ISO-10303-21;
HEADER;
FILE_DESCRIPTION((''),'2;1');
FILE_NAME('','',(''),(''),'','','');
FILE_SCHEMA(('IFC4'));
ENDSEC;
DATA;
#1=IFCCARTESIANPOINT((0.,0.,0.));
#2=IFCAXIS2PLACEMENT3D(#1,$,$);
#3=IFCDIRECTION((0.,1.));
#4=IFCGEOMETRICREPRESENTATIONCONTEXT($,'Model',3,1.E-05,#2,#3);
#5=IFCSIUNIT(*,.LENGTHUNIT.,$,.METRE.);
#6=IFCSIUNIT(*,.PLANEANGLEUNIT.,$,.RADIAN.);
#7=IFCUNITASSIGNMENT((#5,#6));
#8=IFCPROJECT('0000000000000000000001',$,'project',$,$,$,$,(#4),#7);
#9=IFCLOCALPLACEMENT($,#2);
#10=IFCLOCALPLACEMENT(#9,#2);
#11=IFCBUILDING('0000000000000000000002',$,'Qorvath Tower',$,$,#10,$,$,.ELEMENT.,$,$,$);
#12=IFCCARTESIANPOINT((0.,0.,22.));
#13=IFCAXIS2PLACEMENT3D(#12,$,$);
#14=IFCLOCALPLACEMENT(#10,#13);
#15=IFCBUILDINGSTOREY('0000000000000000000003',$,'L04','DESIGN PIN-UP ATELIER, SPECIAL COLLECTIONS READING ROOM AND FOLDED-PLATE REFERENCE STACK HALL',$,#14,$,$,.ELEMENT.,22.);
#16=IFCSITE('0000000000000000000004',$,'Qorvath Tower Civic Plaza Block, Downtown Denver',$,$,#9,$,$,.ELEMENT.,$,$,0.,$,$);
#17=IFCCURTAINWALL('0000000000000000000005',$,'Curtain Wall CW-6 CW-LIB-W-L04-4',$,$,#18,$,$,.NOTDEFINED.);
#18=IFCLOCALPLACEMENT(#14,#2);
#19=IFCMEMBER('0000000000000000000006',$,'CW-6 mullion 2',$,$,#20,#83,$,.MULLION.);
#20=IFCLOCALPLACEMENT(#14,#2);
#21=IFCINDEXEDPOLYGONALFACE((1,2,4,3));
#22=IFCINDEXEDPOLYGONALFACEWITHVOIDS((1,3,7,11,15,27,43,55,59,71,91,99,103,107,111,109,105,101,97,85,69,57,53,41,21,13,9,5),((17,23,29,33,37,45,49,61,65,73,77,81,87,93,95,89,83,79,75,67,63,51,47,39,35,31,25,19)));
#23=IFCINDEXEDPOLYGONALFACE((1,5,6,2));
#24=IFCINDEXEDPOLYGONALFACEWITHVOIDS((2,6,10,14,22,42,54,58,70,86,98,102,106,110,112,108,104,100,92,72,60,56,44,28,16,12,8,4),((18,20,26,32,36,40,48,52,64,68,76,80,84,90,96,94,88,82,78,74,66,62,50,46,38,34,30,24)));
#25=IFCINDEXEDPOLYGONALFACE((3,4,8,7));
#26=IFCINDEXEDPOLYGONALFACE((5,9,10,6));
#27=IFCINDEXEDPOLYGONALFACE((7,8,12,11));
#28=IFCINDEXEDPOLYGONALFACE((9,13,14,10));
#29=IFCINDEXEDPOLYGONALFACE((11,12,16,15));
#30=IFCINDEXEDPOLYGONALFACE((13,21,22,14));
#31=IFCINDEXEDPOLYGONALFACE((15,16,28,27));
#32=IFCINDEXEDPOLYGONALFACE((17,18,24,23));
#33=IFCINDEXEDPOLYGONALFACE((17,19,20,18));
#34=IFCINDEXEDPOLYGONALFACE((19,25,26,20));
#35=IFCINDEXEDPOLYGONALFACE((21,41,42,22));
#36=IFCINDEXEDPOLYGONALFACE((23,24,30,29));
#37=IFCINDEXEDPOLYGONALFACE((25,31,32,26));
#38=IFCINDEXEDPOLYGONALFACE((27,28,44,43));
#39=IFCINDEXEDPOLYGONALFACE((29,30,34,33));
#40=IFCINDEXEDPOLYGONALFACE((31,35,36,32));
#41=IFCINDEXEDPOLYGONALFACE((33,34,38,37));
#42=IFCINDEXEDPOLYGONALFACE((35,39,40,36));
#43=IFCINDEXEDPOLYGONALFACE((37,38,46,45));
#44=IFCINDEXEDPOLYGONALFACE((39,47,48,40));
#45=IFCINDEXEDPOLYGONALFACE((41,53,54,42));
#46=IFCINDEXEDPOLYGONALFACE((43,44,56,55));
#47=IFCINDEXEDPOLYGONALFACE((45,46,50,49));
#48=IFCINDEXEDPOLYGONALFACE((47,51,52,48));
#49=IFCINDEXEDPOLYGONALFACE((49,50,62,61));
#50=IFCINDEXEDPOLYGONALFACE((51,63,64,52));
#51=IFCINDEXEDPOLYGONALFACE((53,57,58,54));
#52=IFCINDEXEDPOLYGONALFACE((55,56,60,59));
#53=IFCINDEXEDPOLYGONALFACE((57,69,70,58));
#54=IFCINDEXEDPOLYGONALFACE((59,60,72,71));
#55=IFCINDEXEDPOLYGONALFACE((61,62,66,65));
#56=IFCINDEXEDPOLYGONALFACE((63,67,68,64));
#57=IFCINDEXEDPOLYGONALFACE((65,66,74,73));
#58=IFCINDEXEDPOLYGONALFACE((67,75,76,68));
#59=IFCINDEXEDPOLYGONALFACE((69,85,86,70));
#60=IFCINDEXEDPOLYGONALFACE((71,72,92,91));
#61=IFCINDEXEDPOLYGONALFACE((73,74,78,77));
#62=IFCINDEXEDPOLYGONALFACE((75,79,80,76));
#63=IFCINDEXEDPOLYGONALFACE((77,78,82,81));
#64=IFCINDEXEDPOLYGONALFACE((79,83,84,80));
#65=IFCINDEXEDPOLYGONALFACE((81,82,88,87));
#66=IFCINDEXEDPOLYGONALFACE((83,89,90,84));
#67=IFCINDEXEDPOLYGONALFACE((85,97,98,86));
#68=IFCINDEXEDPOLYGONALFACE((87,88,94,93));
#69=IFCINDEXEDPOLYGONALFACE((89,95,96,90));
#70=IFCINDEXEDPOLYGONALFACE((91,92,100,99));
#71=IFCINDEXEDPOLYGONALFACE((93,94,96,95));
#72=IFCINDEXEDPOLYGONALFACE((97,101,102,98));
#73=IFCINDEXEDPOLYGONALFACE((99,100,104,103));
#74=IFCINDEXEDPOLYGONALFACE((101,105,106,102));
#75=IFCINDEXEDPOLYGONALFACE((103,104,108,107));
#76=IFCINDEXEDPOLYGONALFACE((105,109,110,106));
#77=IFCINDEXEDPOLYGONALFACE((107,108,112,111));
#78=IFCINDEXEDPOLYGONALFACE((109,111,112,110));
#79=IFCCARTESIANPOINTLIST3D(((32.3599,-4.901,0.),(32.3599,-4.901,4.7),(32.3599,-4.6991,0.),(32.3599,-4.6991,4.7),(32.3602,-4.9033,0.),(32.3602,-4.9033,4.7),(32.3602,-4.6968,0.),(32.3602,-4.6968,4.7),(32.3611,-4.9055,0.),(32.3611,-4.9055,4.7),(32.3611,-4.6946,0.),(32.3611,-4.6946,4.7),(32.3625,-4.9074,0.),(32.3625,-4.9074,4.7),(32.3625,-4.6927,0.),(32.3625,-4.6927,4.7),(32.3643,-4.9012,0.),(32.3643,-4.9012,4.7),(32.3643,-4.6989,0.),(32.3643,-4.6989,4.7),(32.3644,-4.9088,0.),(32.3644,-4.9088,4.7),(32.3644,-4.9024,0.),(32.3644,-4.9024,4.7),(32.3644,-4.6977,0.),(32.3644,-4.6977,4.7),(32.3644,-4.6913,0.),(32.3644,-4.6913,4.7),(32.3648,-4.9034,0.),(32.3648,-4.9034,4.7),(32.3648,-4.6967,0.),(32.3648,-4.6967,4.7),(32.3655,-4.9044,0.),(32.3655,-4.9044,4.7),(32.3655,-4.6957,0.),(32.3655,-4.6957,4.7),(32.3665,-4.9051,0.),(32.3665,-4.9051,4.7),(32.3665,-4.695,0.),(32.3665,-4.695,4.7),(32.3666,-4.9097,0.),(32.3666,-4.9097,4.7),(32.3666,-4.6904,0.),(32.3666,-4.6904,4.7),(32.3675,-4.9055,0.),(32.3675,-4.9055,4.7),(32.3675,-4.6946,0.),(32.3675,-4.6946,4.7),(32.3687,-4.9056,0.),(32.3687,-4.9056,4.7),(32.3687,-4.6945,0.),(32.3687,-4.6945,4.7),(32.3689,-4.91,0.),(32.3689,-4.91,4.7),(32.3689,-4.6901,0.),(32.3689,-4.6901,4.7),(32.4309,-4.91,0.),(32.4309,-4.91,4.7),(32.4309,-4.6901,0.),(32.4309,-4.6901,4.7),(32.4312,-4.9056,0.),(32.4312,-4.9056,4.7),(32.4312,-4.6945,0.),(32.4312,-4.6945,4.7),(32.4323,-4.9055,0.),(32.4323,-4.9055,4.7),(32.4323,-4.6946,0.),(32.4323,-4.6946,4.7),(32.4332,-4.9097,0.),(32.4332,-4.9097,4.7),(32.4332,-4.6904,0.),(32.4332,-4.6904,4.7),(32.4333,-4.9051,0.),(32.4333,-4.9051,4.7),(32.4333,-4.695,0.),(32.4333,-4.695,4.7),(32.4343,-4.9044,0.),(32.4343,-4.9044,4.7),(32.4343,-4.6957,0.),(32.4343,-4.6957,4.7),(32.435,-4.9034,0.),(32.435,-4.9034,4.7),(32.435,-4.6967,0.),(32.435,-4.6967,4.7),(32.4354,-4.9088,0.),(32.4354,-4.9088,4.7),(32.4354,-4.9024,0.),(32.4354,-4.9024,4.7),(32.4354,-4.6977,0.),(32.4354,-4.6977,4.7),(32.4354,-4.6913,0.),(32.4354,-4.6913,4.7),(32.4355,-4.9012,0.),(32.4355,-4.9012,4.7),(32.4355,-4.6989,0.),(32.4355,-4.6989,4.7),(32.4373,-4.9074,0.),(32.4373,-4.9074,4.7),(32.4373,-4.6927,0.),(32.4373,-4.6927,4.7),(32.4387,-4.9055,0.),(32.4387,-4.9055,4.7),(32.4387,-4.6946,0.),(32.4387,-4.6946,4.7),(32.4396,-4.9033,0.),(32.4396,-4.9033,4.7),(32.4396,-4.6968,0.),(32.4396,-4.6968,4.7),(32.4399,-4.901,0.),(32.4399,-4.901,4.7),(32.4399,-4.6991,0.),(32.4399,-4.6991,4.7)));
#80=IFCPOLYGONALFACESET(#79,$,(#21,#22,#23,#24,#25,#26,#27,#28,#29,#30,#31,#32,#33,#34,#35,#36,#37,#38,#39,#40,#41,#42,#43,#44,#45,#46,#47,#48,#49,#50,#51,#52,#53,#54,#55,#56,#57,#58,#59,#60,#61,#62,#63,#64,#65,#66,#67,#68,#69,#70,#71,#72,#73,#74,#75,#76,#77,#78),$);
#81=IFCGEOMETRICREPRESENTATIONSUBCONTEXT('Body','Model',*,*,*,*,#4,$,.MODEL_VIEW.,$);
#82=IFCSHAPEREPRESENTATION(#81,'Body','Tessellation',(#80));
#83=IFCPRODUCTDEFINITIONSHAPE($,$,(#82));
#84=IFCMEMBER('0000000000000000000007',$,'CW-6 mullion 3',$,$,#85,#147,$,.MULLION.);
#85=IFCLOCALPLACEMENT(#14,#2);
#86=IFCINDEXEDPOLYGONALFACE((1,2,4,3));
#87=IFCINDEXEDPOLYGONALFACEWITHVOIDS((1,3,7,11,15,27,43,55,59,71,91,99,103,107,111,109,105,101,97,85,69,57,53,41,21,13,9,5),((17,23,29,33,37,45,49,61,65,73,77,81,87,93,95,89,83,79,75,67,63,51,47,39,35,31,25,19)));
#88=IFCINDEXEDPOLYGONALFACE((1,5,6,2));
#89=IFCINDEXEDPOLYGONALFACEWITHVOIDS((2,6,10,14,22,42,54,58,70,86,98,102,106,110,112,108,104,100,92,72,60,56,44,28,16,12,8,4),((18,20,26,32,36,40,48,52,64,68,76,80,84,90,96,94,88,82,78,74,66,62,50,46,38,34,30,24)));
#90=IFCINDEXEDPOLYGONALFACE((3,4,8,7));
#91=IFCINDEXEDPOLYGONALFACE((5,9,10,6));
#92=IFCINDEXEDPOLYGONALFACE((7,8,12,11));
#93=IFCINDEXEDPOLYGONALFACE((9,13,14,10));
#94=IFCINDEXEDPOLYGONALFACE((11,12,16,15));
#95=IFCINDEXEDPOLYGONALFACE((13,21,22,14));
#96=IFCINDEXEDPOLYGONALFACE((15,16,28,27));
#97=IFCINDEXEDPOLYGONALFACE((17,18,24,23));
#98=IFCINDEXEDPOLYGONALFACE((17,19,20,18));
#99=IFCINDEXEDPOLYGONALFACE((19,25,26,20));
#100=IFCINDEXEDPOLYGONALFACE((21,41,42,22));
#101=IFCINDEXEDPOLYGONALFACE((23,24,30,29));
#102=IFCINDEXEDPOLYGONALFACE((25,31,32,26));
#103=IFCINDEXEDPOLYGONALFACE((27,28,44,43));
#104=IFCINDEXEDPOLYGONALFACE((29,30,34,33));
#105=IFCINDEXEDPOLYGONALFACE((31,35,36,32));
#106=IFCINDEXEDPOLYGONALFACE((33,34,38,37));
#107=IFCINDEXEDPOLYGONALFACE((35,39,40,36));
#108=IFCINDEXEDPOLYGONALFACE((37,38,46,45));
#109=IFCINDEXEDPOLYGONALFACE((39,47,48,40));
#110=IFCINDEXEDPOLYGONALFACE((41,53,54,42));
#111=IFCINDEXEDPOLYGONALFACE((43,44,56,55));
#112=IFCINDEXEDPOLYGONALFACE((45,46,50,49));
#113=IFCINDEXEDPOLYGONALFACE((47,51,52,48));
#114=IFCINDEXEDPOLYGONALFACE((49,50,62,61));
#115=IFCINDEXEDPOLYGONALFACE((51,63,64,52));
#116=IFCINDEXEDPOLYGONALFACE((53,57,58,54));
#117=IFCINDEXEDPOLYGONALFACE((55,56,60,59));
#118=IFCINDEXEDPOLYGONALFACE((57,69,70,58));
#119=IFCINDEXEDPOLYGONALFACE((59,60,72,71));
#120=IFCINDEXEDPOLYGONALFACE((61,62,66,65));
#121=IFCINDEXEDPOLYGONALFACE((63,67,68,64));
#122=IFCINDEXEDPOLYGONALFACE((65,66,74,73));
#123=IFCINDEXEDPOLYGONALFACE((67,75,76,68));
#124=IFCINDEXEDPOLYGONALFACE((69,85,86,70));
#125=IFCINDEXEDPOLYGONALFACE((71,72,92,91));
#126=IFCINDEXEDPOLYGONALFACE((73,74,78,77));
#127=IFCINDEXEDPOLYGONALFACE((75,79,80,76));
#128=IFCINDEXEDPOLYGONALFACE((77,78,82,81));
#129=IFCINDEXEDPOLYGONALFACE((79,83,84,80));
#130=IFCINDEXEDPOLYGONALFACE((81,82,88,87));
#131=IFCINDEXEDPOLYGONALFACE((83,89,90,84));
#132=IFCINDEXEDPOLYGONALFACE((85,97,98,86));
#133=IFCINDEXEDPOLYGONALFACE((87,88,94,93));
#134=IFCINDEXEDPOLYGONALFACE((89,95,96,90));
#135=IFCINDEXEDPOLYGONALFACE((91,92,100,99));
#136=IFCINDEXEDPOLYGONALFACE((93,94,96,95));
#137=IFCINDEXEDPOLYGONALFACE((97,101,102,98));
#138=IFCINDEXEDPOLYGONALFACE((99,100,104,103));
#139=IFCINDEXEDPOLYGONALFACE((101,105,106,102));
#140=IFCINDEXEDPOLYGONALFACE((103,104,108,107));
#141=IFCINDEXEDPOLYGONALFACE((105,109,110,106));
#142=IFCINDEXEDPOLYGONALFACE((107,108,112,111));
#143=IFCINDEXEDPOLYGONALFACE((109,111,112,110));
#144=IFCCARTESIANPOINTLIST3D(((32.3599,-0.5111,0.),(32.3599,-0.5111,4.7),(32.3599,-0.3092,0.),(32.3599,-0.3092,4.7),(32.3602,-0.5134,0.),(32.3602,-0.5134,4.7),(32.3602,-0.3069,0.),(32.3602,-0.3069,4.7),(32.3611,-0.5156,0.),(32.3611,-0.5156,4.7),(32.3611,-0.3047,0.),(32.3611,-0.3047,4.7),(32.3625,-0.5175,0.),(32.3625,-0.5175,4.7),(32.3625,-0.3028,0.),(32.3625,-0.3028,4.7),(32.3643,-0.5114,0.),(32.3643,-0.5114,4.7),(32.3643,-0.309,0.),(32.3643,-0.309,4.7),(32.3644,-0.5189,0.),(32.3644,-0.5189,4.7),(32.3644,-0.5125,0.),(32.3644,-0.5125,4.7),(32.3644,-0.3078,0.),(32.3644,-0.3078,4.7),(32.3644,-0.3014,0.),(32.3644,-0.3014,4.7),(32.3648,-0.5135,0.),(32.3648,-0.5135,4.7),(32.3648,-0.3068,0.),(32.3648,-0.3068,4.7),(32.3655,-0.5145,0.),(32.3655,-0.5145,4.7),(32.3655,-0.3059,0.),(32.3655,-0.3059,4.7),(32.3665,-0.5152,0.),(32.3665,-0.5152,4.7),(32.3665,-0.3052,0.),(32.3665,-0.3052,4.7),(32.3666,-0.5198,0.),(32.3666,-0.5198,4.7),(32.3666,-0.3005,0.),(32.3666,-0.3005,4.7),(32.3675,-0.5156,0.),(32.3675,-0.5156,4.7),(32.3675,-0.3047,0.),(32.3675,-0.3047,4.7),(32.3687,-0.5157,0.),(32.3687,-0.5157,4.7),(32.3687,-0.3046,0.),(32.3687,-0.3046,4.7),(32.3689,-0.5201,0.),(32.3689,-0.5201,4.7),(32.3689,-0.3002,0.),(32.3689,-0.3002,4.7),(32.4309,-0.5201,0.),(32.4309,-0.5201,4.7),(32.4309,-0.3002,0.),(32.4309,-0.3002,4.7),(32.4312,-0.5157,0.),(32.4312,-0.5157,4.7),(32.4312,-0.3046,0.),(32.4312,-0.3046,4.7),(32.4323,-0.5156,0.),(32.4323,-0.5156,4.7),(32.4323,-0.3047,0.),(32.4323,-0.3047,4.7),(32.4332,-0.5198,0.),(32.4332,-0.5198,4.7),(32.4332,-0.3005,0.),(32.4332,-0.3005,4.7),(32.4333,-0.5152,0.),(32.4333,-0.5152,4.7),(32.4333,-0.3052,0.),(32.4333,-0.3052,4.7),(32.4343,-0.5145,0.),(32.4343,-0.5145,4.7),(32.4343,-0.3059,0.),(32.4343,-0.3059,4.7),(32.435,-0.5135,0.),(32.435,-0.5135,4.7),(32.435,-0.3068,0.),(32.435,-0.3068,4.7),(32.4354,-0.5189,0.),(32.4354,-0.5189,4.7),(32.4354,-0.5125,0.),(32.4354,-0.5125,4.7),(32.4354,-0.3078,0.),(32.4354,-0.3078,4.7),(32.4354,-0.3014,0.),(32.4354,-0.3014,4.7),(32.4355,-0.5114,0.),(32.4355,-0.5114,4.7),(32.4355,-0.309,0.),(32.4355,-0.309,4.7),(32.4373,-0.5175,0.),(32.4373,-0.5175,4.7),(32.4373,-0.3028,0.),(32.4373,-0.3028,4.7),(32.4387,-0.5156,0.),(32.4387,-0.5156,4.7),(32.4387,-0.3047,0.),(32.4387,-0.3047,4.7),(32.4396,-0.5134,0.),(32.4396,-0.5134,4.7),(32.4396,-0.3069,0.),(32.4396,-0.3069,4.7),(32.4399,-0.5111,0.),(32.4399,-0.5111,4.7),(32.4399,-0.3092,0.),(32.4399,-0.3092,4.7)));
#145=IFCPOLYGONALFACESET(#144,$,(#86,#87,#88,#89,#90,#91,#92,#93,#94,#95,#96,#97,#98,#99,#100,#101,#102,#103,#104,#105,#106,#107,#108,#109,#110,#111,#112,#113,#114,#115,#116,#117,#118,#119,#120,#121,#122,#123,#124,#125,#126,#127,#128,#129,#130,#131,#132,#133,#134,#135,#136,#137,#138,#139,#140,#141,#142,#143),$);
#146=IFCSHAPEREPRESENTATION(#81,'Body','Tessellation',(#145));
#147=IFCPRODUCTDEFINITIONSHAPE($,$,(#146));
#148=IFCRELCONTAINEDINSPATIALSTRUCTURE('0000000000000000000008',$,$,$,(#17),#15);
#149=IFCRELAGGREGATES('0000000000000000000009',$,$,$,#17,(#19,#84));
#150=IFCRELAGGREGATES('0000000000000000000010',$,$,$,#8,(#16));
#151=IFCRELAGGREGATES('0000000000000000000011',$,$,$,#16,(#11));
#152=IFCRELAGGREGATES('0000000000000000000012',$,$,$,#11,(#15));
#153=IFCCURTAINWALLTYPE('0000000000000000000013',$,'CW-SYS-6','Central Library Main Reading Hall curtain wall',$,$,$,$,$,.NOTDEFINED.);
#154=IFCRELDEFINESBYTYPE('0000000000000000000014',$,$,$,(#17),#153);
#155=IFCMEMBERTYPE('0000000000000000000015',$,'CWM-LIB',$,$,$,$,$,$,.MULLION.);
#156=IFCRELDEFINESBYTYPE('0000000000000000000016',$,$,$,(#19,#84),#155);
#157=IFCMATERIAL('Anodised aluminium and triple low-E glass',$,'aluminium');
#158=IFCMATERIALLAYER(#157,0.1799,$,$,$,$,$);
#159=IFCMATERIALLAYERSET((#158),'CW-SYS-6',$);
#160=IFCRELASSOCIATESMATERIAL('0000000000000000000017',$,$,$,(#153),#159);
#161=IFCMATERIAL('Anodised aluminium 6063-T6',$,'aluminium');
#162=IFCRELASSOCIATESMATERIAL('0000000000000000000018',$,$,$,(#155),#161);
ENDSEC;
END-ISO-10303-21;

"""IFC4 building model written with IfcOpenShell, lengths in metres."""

from ifc_helpers import new_model, si_unit, direction, frame, origin, origin_2d, place, context, subcontext, project, spatial, hollow_rectangle, extrude, material, layer, layer_set, material_profile, profile_set, type_object, element, aggregate, save


model = new_model("IFC4")

# Units and contexts
model_context = context("Model", 3, precision=1e-05, world=origin(), true_north=direction((0.0, 1.0)))
body_context = subcontext(model_context, "Body", "Model", "MODEL_VIEW")
ifc_project = project(units=[si_unit("LENGTHUNIT", "METRE"), si_unit("PLANEANGLEUNIT", "RADIAN")], contexts=[model_context])

# Site, building, storey
site_placement = place(None, origin())
site = spatial("IfcSite", under=ifc_project, at=site_placement, Name="Qorvath Tower Civic Plaza Block, Downtown Denver", CompositionType="ELEMENT", RefElevation=0.0)
building_placement = place(site_placement, origin())
building = spatial("IfcBuilding", under=site, at=building_placement, Name="Qorvath Tower", CompositionType="ELEMENT")
storey_placement = place(building_placement, frame((0.0, 0.0, 22.0)))
storey = spatial("IfcBuildingStorey", under=building, at=storey_placement, Name="L04", Description="DESIGN PIN-UP ATELIER, SPECIAL COLLECTIONS READING ROOM AND FOLDED-PLATE REFERENCE STACK HALL", CompositionType="ELEMENT", Elevation=22.0)

# Shared definitions
ifc_material_1 = material(Name="Anodised aluminium and triple low-E glass", Category="aluminium")
ifc_layer_1 = layer(ifc_material_1, 0.1799)
ifc_layer_set_1 = layer_set([ifc_layer_1], Name="CW-SYS-6")
curtain_wall_type = type_object("IfcCurtainWallType", Name="CW-SYS-6", Description="Central Library Main Reading Hall curtain wall", PredefinedType="NOTDEFINED", material=ifc_layer_set_1)
ifc_material_2 = material(Name="Anodised aluminium 6063-T6", Category="aluminium")
ifc_material_profile_1 = material_profile(ifc_material_2, hollow_rectangle(XDim=0.0801, YDim=0.22, WallThickness=0.0044, InnerFilletRadius=0.0044, OuterFilletRadius=0.009, at=origin_2d()), Name="CWM LIB 220x80")
ifc_profile_set_1 = profile_set([ifc_material_profile_1], Name="Anodised aluminium 6063-T6")
member_type_1 = type_object("IfcMemberType", Name="CWM-LIB", PredefinedType="MULLION", material=ifc_profile_set_1)

# Curtain wall, members
curtain_wall_1_placement = place(storey_placement, origin())
curtain_wall_1 = element("IfcCurtainWall", 1, at=curtain_wall_1_placement, inside=storey, type_object=curtain_wall_type, Name="Curtain Wall CW-6 CW-LIB-W-L04-4", PredefinedType="NOTDEFINED")
member_1_placement = place(storey_placement, frame((32.3999, -4.8, 0.0), z_axis=(0.0, 0.0, 1.0), x_axis=(-1.0, 0.0, 0.0)))
member_1 = element("IfcMember", 2, at=member_1_placement, type_object=member_type_1, Name="CW-6 mullion 2", PredefinedType="MULLION", context=body_context, shape_type="SweptSolid", body=[
    extrude(hollow_rectangle(XDim=0.0801, YDim=0.22, WallThickness=0.0044, InnerFilletRadius=0.0044, OuterFilletRadius=0.009, at=origin_2d()), origin(), (0.0, 0.0, 1.0), 4.7),
])
member_2_placement = place(storey_placement, frame((32.3999, -0.4102, 0.0), z_axis=(0.0, 0.0, 1.0), x_axis=(-1.0, 0.0, 0.0)))
member_2 = element("IfcMember", 3, at=member_2_placement, type_object=member_type_1, Name="CW-6 mullion 3", PredefinedType="MULLION", context=body_context, shape_type="SweptSolid", body=[
    extrude(hollow_rectangle(XDim=0.0801, YDim=0.22, WallThickness=0.0044, InnerFilletRadius=0.0044, OuterFilletRadius=0.009, at=origin_2d()), origin(), (0.0, 0.0, 1.0), 4.7),
])

aggregate(curtain_wall_1, [member_1, member_2])

save(model, "model.ifc")
